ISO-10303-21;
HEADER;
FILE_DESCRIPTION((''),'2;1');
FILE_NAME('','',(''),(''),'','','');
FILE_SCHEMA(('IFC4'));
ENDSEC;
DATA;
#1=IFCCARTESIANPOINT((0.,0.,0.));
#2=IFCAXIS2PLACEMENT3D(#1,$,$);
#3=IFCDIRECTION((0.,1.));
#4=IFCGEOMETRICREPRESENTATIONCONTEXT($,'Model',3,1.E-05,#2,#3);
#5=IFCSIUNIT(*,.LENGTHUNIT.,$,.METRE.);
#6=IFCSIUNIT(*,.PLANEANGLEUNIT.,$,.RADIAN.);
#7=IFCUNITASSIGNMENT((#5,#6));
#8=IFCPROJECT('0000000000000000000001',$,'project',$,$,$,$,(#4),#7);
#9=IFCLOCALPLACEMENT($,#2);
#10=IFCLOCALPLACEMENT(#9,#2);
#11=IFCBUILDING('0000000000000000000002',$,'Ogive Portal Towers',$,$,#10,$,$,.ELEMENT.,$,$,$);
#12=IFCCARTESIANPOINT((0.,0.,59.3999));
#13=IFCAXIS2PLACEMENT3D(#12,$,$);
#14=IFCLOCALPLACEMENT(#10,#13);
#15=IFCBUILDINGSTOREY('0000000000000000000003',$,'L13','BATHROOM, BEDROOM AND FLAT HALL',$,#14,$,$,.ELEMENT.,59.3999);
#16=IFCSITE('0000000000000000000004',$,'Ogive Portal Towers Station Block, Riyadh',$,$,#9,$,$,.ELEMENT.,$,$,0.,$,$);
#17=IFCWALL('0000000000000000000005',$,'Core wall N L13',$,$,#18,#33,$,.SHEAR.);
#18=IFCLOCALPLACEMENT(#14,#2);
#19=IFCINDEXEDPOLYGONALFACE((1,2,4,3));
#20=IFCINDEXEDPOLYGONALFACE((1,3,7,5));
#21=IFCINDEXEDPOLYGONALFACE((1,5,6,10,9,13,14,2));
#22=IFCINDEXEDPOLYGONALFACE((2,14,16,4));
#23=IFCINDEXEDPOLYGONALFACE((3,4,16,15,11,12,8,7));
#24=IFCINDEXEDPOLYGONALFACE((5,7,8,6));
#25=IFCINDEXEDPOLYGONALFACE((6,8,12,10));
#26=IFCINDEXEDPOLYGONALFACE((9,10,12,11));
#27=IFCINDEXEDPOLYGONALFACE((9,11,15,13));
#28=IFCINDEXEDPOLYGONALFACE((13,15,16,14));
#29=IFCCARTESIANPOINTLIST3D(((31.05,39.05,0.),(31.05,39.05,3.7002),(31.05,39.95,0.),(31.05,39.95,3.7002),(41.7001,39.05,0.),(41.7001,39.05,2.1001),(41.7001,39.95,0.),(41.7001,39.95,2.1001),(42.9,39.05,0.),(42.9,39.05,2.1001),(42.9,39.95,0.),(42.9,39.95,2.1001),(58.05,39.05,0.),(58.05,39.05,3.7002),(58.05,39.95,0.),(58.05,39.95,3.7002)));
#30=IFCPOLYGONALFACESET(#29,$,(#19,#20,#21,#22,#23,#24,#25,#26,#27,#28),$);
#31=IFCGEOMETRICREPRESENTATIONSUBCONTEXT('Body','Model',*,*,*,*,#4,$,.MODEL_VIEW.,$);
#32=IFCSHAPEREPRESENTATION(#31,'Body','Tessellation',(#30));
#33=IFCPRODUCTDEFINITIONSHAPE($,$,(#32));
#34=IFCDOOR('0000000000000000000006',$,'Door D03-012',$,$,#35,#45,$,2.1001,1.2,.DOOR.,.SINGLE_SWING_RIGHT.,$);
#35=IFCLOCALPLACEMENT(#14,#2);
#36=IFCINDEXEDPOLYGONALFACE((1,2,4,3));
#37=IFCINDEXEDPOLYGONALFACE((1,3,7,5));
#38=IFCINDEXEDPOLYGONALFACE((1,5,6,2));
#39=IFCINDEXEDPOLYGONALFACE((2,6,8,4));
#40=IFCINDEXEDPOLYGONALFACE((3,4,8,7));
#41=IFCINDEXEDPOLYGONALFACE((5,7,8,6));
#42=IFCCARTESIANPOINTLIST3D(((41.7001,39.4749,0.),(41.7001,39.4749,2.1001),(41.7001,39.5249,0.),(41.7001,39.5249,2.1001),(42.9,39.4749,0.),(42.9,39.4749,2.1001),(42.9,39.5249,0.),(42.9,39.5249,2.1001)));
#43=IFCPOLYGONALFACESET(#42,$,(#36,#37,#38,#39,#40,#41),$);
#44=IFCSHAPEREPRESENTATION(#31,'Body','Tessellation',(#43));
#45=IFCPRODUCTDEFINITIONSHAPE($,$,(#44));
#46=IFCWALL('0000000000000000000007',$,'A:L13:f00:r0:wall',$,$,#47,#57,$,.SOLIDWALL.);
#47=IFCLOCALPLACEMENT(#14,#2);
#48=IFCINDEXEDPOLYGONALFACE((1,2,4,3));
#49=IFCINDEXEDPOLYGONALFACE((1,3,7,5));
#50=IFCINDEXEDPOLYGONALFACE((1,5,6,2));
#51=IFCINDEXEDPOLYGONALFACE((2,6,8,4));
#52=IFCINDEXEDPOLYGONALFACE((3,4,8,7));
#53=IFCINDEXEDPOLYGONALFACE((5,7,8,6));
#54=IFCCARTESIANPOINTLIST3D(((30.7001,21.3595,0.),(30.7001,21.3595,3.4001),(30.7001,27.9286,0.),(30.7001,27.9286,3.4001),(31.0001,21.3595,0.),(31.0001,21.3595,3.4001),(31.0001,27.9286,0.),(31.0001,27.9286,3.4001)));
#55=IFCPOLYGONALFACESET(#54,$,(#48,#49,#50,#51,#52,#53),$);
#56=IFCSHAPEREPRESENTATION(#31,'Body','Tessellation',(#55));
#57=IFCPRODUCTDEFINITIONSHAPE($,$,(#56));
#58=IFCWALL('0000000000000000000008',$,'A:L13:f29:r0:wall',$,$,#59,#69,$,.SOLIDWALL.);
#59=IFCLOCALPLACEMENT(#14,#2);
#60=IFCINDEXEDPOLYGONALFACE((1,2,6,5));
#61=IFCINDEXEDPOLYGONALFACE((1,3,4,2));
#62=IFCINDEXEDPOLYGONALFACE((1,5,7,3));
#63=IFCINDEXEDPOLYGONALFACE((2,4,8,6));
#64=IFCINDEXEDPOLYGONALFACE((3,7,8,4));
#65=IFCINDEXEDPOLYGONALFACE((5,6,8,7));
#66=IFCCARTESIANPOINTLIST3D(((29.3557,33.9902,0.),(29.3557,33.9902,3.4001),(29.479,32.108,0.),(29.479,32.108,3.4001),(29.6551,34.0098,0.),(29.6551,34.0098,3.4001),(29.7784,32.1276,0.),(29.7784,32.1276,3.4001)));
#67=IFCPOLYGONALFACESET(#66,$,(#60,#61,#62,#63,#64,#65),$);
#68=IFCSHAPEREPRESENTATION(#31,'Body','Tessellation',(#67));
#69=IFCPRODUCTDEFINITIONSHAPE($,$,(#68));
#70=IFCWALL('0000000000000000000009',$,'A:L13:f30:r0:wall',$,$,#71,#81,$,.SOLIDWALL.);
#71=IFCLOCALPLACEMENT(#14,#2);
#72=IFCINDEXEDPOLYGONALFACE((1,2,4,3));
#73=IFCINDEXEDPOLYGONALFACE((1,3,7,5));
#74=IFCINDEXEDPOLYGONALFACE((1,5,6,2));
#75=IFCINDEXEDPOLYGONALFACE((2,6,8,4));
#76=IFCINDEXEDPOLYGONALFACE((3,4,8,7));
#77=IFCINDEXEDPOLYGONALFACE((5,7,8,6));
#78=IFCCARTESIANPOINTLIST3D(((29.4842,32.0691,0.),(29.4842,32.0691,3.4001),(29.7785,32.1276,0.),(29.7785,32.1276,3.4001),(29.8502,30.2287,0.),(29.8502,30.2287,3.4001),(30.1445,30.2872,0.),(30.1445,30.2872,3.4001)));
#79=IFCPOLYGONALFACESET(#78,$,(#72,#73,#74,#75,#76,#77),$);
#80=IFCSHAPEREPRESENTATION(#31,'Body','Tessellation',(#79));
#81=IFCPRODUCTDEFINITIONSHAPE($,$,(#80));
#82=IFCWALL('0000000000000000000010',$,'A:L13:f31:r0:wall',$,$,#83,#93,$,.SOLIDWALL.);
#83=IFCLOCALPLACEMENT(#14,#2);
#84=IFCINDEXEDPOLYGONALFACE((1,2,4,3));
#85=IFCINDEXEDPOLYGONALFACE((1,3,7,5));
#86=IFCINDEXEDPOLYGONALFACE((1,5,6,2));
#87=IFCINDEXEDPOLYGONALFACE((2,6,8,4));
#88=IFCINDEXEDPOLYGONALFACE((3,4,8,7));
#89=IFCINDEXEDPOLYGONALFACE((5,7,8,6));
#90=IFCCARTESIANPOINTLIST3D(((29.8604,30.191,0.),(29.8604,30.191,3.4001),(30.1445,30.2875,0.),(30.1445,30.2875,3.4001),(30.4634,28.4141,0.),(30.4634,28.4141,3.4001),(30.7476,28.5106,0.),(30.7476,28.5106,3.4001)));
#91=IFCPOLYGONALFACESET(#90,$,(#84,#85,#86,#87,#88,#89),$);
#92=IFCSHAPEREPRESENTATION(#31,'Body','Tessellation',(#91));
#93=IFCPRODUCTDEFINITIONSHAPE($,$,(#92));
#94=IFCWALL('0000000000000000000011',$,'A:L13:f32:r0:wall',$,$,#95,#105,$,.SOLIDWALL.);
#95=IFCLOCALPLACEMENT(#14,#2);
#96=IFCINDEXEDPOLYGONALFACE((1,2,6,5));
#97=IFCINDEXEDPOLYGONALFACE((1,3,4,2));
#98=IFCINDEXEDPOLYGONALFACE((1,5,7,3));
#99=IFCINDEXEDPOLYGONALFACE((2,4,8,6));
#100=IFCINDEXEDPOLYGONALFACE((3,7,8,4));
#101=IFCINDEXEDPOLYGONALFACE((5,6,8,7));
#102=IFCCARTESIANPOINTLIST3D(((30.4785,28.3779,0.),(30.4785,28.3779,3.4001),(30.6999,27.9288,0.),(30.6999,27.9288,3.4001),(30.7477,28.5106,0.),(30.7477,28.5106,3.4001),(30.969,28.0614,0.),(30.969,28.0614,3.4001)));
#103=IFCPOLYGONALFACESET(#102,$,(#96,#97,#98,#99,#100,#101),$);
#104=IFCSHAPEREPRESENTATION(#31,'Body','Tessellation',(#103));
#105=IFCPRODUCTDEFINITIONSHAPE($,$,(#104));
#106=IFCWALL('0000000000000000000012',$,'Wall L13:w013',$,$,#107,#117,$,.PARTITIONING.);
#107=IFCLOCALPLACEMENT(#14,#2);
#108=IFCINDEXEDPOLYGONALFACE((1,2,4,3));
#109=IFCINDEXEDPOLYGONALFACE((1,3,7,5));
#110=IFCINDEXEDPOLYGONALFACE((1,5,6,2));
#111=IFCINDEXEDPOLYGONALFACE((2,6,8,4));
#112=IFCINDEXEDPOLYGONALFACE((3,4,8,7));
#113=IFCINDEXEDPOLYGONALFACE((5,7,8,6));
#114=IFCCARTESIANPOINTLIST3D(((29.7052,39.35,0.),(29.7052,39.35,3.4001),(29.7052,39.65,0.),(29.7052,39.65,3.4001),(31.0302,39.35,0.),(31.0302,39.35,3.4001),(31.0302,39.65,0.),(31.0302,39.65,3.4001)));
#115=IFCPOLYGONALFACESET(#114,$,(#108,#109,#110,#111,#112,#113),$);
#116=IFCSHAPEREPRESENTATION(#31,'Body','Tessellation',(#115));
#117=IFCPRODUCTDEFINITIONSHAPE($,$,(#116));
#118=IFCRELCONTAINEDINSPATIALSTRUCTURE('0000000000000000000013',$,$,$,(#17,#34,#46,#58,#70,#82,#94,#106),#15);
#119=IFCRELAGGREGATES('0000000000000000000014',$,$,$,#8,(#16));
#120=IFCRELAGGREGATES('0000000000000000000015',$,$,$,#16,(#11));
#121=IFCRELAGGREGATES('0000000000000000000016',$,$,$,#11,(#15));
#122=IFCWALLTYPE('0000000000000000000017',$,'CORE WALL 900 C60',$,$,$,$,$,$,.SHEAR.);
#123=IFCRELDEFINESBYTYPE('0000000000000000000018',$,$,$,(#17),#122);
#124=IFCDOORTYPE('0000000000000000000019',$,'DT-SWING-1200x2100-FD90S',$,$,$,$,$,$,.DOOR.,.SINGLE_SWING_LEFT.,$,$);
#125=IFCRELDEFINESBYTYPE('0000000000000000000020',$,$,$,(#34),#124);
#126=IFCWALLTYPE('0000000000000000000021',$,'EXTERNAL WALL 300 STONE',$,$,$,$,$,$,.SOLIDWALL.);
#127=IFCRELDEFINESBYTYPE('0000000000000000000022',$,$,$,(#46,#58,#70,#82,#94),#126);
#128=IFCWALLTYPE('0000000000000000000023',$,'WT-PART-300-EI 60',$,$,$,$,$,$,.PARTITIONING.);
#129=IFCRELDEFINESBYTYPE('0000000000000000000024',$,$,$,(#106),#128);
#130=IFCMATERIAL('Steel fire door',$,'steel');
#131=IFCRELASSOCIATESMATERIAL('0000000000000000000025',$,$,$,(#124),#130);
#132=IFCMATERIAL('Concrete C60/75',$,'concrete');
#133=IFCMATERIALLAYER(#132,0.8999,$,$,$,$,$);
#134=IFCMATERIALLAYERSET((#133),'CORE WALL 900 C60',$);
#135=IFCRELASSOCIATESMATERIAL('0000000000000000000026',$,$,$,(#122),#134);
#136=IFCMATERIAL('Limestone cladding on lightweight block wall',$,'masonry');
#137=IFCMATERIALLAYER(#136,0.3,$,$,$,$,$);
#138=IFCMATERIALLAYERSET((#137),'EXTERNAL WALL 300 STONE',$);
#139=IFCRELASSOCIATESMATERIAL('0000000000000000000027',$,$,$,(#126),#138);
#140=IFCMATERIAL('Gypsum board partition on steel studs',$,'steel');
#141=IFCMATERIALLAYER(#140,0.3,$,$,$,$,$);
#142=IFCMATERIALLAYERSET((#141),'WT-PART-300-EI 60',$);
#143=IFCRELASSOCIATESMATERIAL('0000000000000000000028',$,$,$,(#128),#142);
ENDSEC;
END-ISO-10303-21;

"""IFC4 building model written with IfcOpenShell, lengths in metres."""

from ifc_helpers import new_model, si_unit, direction, frame, frame_2d, origin, place, context, subcontext, project, spatial, rectangle, extrude, material, layer, layer_set, type_object, element, fill, save


model = new_model("IFC4")

# Units and contexts
model_context = context("Model", 3, precision=1e-05, world=origin(), true_north=direction((0.0, 1.0)))
body_context = subcontext(model_context, "Body", "Model", "MODEL_VIEW")
ifc_project = project(units=[si_unit("LENGTHUNIT", "METRE"), si_unit("PLANEANGLEUNIT", "RADIAN")], contexts=[model_context])

# Site, building, storey
site_placement = place(None, origin())
site = spatial("IfcSite", under=ifc_project, at=site_placement, Name="Ogive Portal Towers Station Block, Riyadh", CompositionType="ELEMENT", RefElevation=0.0)
building_placement = place(site_placement, origin())
building = spatial("IfcBuilding", under=site, at=building_placement, Name="Ogive Portal Towers", CompositionType="ELEMENT")
storey_placement = place(building_placement, frame((0.0, 0.0, 59.3999)))
storey = spatial("IfcBuildingStorey", under=building, at=storey_placement, Name="L13", Description="BATHROOM, BEDROOM AND FLAT HALL", CompositionType="ELEMENT", Elevation=59.3999)

# Shared definitions
ifc_material_1 = material(Name="Concrete C60/75", Category="concrete")
ifc_material_2 = material(Name="Steel fire door", Category="steel")
door_type_1 = type_object("IfcDoorType", Name="DT-SWING-1200x2100-FD90S", OperationType="SINGLE_SWING_LEFT", PredefinedType="DOOR", material=ifc_material_2)

# Shared definitions
ifc_layer_1 = layer(ifc_material_1, 0.8999)
ifc_layer_set_1 = layer_set([ifc_layer_1], Name="CORE WALL 900 C60")
wall_type_1 = type_object("IfcWallType", Name="CORE WALL 900 C60", PredefinedType="SHEAR", material=ifc_layer_set_1)

# Wall, opening, door
wall_1_placement = place(storey_placement, frame((31.05, 39.5, 0.0), z_axis=(0.0, 0.0, 1.0), x_axis=(1.0, 0.0, 0.0)))
wall_1 = element("IfcWall", 1, at=wall_1_placement, inside=storey, type_object=wall_type_1, Name="Core wall N L13", PredefinedType="SHEAR", context=body_context, shape_type="SweptSolid", body=[
    extrude(rectangle(XDim=27.0, YDim=0.8999, at=frame_2d((13.5, 0.0))), origin(), (0.0, 0.0, 1.0), 3.7002),
])
opening_1_placement = place(wall_1_placement, frame((10.6499, 0.0, 0.0)))
opening_1 = element("IfcOpeningElement", 2, at=opening_1_placement, cuts=wall_1, PredefinedType="OPENING", context=body_context, shape_type="SweptSolid", body=[
    extrude(rectangle(XDim=1.2, YDim=2.1001, at=frame_2d((0.6001, 1.05))), frame((0.0, 0.46, 0.0), z_axis=(0.0, -1.0, 0.0), x_axis=(1.0, 0.0, 0.0)), (0.0, 0.0, 1.0), 0.9199),
])
door_1_placement = place(opening_1_placement, origin())
door_1 = element("IfcDoor", 3, at=door_1_placement, inside=storey, type_object=door_type_1, Name="Door D03-012", OperationType="SINGLE_SWING_RIGHT", OverallHeight=2.1001, OverallWidth=1.2, PredefinedType="DOOR", context=body_context, shape_type="SweptSolid", body=[
    extrude(rectangle(XDim=1.2, YDim=2.1001, at=frame_2d((0.6001, 1.05))), frame((0.0, 0.0249, 0.0), z_axis=(0.0, -1.0, 0.0), x_axis=(1.0, 0.0, 0.0)), (0.0, 0.0, 1.0), 0.05),
])
fill(opening_1, door_1)

# Walls
ifc_material_3 = material(Name="Limestone cladding on lightweight block wall", Category="masonry")
ifc_layer_2 = layer(ifc_material_3, 0.3)
ifc_layer_set_2 = layer_set([ifc_layer_2], Name="EXTERNAL WALL 300 STONE")
wall_type_2 = type_object("IfcWallType", Name="EXTERNAL WALL 300 STONE", PredefinedType="SOLIDWALL", material=ifc_layer_set_2)
wall_2_placement = place(storey_placement, frame((30.8501, 27.9287, 0.0), z_axis=(0.0, 0.0, 1.0), x_axis=(0.0, -1.0, 0.0)))
element("IfcWall", 4, at=wall_2_placement, inside=storey, type_object=wall_type_2, Name="A:L13:f00:r0:wall", PredefinedType="SOLIDWALL", context=body_context, shape_type="SweptSolid", body=[
    extrude(rectangle(XDim=6.5691, YDim=0.3, at=frame_2d((3.2847, 0.0))), origin(), (0.0, 0.0, 1.0), 3.4001),
])
wall_3_placement = place(storey_placement, frame((29.5054, 34.0, 0.0), z_axis=(0.0, 0.0, 1.0), x_axis=(0.065368, -0.997861, 0.0)))
element("IfcWall", 5, at=wall_3_placement, inside=storey, type_object=wall_type_2, Name="A:L13:f29:r0:wall", PredefinedType="SOLIDWALL", context=body_context, shape_type="SweptSolid", body=[
    extrude(rectangle(XDim=1.8862, YDim=0.3, at=frame_2d((0.9431, 0.0))), origin(), (0.0, 0.0, 1.0), 3.4001),
])
for number, where, z_axis, x_axis, name in (
    (6, (29.6313, 32.0984, 0.0), (0.0, 0.0, 1.0), (0.19504, -0.980795, 0.0), "A:L13:f30:r0:wall"),
    (7, (30.0024, 30.2393, 0.0), (0.0, 0.0, 1.0), (0.321376, -0.946952, 0.0), "A:L13:f31:r0:wall"),
):
    element("IfcWall", number, at=place(storey_placement, frame(where, z_axis=z_axis, x_axis=x_axis)), inside=storey, type_object=wall_type_2, Name=name, PredefinedType="SOLIDWALL", context=body_context, shape_type="SweptSolid", body=[
        extrude(rectangle(XDim=1.8765, YDim=0.3, at=frame_2d((0.9382, 0.0))), origin(), (0.0, 0.0, 1.0), 3.4001),
    ])
wall_4_placement = place(storey_placement, frame((30.613, 28.4443, 0.0), z_axis=(0.0, 0.0, 1.0), x_axis=(0.442137, -0.896948, 0.0)))
element("IfcWall", 8, at=wall_4_placement, inside=storey, type_object=wall_type_2, Name="A:L13:f32:r0:wall", PredefinedType="SOLIDWALL", context=body_context, shape_type="SweptSolid", body=[
    extrude(rectangle(XDim=0.5007, YDim=0.3, at=frame_2d((0.2505, 0.0))), origin(), (0.0, 0.0, 1.0), 3.4001),
])
ifc_material_4 = material(Name="Gypsum board partition on steel studs", Category="steel")
ifc_layer_3 = layer(ifc_material_4, 0.3)
ifc_layer_set_3 = layer_set([ifc_layer_3], Name="WT-PART-300-EI 60")
wall_type_3 = type_object("IfcWallType", Name="WT-PART-300-EI 60", PredefinedType="PARTITIONING", material=ifc_layer_set_3)
wall_5_placement = place(storey_placement, frame((29.7051, 39.5, 0.0), z_axis=(0.0, 0.0, 1.0), x_axis=(1.0, 0.0, 0.0)))
element("IfcWall", 9, at=wall_5_placement, inside=storey, type_object=wall_type_3, Name="Wall L13:w013", PredefinedType="PARTITIONING", context=body_context, shape_type="SweptSolid", body=[
    extrude(rectangle(XDim=1.325, YDim=0.3, at=frame_2d((0.6626, 0.0))), origin(), (0.0, 0.0, 1.0), 3.4001),
])

save(model, "model.ifc")
